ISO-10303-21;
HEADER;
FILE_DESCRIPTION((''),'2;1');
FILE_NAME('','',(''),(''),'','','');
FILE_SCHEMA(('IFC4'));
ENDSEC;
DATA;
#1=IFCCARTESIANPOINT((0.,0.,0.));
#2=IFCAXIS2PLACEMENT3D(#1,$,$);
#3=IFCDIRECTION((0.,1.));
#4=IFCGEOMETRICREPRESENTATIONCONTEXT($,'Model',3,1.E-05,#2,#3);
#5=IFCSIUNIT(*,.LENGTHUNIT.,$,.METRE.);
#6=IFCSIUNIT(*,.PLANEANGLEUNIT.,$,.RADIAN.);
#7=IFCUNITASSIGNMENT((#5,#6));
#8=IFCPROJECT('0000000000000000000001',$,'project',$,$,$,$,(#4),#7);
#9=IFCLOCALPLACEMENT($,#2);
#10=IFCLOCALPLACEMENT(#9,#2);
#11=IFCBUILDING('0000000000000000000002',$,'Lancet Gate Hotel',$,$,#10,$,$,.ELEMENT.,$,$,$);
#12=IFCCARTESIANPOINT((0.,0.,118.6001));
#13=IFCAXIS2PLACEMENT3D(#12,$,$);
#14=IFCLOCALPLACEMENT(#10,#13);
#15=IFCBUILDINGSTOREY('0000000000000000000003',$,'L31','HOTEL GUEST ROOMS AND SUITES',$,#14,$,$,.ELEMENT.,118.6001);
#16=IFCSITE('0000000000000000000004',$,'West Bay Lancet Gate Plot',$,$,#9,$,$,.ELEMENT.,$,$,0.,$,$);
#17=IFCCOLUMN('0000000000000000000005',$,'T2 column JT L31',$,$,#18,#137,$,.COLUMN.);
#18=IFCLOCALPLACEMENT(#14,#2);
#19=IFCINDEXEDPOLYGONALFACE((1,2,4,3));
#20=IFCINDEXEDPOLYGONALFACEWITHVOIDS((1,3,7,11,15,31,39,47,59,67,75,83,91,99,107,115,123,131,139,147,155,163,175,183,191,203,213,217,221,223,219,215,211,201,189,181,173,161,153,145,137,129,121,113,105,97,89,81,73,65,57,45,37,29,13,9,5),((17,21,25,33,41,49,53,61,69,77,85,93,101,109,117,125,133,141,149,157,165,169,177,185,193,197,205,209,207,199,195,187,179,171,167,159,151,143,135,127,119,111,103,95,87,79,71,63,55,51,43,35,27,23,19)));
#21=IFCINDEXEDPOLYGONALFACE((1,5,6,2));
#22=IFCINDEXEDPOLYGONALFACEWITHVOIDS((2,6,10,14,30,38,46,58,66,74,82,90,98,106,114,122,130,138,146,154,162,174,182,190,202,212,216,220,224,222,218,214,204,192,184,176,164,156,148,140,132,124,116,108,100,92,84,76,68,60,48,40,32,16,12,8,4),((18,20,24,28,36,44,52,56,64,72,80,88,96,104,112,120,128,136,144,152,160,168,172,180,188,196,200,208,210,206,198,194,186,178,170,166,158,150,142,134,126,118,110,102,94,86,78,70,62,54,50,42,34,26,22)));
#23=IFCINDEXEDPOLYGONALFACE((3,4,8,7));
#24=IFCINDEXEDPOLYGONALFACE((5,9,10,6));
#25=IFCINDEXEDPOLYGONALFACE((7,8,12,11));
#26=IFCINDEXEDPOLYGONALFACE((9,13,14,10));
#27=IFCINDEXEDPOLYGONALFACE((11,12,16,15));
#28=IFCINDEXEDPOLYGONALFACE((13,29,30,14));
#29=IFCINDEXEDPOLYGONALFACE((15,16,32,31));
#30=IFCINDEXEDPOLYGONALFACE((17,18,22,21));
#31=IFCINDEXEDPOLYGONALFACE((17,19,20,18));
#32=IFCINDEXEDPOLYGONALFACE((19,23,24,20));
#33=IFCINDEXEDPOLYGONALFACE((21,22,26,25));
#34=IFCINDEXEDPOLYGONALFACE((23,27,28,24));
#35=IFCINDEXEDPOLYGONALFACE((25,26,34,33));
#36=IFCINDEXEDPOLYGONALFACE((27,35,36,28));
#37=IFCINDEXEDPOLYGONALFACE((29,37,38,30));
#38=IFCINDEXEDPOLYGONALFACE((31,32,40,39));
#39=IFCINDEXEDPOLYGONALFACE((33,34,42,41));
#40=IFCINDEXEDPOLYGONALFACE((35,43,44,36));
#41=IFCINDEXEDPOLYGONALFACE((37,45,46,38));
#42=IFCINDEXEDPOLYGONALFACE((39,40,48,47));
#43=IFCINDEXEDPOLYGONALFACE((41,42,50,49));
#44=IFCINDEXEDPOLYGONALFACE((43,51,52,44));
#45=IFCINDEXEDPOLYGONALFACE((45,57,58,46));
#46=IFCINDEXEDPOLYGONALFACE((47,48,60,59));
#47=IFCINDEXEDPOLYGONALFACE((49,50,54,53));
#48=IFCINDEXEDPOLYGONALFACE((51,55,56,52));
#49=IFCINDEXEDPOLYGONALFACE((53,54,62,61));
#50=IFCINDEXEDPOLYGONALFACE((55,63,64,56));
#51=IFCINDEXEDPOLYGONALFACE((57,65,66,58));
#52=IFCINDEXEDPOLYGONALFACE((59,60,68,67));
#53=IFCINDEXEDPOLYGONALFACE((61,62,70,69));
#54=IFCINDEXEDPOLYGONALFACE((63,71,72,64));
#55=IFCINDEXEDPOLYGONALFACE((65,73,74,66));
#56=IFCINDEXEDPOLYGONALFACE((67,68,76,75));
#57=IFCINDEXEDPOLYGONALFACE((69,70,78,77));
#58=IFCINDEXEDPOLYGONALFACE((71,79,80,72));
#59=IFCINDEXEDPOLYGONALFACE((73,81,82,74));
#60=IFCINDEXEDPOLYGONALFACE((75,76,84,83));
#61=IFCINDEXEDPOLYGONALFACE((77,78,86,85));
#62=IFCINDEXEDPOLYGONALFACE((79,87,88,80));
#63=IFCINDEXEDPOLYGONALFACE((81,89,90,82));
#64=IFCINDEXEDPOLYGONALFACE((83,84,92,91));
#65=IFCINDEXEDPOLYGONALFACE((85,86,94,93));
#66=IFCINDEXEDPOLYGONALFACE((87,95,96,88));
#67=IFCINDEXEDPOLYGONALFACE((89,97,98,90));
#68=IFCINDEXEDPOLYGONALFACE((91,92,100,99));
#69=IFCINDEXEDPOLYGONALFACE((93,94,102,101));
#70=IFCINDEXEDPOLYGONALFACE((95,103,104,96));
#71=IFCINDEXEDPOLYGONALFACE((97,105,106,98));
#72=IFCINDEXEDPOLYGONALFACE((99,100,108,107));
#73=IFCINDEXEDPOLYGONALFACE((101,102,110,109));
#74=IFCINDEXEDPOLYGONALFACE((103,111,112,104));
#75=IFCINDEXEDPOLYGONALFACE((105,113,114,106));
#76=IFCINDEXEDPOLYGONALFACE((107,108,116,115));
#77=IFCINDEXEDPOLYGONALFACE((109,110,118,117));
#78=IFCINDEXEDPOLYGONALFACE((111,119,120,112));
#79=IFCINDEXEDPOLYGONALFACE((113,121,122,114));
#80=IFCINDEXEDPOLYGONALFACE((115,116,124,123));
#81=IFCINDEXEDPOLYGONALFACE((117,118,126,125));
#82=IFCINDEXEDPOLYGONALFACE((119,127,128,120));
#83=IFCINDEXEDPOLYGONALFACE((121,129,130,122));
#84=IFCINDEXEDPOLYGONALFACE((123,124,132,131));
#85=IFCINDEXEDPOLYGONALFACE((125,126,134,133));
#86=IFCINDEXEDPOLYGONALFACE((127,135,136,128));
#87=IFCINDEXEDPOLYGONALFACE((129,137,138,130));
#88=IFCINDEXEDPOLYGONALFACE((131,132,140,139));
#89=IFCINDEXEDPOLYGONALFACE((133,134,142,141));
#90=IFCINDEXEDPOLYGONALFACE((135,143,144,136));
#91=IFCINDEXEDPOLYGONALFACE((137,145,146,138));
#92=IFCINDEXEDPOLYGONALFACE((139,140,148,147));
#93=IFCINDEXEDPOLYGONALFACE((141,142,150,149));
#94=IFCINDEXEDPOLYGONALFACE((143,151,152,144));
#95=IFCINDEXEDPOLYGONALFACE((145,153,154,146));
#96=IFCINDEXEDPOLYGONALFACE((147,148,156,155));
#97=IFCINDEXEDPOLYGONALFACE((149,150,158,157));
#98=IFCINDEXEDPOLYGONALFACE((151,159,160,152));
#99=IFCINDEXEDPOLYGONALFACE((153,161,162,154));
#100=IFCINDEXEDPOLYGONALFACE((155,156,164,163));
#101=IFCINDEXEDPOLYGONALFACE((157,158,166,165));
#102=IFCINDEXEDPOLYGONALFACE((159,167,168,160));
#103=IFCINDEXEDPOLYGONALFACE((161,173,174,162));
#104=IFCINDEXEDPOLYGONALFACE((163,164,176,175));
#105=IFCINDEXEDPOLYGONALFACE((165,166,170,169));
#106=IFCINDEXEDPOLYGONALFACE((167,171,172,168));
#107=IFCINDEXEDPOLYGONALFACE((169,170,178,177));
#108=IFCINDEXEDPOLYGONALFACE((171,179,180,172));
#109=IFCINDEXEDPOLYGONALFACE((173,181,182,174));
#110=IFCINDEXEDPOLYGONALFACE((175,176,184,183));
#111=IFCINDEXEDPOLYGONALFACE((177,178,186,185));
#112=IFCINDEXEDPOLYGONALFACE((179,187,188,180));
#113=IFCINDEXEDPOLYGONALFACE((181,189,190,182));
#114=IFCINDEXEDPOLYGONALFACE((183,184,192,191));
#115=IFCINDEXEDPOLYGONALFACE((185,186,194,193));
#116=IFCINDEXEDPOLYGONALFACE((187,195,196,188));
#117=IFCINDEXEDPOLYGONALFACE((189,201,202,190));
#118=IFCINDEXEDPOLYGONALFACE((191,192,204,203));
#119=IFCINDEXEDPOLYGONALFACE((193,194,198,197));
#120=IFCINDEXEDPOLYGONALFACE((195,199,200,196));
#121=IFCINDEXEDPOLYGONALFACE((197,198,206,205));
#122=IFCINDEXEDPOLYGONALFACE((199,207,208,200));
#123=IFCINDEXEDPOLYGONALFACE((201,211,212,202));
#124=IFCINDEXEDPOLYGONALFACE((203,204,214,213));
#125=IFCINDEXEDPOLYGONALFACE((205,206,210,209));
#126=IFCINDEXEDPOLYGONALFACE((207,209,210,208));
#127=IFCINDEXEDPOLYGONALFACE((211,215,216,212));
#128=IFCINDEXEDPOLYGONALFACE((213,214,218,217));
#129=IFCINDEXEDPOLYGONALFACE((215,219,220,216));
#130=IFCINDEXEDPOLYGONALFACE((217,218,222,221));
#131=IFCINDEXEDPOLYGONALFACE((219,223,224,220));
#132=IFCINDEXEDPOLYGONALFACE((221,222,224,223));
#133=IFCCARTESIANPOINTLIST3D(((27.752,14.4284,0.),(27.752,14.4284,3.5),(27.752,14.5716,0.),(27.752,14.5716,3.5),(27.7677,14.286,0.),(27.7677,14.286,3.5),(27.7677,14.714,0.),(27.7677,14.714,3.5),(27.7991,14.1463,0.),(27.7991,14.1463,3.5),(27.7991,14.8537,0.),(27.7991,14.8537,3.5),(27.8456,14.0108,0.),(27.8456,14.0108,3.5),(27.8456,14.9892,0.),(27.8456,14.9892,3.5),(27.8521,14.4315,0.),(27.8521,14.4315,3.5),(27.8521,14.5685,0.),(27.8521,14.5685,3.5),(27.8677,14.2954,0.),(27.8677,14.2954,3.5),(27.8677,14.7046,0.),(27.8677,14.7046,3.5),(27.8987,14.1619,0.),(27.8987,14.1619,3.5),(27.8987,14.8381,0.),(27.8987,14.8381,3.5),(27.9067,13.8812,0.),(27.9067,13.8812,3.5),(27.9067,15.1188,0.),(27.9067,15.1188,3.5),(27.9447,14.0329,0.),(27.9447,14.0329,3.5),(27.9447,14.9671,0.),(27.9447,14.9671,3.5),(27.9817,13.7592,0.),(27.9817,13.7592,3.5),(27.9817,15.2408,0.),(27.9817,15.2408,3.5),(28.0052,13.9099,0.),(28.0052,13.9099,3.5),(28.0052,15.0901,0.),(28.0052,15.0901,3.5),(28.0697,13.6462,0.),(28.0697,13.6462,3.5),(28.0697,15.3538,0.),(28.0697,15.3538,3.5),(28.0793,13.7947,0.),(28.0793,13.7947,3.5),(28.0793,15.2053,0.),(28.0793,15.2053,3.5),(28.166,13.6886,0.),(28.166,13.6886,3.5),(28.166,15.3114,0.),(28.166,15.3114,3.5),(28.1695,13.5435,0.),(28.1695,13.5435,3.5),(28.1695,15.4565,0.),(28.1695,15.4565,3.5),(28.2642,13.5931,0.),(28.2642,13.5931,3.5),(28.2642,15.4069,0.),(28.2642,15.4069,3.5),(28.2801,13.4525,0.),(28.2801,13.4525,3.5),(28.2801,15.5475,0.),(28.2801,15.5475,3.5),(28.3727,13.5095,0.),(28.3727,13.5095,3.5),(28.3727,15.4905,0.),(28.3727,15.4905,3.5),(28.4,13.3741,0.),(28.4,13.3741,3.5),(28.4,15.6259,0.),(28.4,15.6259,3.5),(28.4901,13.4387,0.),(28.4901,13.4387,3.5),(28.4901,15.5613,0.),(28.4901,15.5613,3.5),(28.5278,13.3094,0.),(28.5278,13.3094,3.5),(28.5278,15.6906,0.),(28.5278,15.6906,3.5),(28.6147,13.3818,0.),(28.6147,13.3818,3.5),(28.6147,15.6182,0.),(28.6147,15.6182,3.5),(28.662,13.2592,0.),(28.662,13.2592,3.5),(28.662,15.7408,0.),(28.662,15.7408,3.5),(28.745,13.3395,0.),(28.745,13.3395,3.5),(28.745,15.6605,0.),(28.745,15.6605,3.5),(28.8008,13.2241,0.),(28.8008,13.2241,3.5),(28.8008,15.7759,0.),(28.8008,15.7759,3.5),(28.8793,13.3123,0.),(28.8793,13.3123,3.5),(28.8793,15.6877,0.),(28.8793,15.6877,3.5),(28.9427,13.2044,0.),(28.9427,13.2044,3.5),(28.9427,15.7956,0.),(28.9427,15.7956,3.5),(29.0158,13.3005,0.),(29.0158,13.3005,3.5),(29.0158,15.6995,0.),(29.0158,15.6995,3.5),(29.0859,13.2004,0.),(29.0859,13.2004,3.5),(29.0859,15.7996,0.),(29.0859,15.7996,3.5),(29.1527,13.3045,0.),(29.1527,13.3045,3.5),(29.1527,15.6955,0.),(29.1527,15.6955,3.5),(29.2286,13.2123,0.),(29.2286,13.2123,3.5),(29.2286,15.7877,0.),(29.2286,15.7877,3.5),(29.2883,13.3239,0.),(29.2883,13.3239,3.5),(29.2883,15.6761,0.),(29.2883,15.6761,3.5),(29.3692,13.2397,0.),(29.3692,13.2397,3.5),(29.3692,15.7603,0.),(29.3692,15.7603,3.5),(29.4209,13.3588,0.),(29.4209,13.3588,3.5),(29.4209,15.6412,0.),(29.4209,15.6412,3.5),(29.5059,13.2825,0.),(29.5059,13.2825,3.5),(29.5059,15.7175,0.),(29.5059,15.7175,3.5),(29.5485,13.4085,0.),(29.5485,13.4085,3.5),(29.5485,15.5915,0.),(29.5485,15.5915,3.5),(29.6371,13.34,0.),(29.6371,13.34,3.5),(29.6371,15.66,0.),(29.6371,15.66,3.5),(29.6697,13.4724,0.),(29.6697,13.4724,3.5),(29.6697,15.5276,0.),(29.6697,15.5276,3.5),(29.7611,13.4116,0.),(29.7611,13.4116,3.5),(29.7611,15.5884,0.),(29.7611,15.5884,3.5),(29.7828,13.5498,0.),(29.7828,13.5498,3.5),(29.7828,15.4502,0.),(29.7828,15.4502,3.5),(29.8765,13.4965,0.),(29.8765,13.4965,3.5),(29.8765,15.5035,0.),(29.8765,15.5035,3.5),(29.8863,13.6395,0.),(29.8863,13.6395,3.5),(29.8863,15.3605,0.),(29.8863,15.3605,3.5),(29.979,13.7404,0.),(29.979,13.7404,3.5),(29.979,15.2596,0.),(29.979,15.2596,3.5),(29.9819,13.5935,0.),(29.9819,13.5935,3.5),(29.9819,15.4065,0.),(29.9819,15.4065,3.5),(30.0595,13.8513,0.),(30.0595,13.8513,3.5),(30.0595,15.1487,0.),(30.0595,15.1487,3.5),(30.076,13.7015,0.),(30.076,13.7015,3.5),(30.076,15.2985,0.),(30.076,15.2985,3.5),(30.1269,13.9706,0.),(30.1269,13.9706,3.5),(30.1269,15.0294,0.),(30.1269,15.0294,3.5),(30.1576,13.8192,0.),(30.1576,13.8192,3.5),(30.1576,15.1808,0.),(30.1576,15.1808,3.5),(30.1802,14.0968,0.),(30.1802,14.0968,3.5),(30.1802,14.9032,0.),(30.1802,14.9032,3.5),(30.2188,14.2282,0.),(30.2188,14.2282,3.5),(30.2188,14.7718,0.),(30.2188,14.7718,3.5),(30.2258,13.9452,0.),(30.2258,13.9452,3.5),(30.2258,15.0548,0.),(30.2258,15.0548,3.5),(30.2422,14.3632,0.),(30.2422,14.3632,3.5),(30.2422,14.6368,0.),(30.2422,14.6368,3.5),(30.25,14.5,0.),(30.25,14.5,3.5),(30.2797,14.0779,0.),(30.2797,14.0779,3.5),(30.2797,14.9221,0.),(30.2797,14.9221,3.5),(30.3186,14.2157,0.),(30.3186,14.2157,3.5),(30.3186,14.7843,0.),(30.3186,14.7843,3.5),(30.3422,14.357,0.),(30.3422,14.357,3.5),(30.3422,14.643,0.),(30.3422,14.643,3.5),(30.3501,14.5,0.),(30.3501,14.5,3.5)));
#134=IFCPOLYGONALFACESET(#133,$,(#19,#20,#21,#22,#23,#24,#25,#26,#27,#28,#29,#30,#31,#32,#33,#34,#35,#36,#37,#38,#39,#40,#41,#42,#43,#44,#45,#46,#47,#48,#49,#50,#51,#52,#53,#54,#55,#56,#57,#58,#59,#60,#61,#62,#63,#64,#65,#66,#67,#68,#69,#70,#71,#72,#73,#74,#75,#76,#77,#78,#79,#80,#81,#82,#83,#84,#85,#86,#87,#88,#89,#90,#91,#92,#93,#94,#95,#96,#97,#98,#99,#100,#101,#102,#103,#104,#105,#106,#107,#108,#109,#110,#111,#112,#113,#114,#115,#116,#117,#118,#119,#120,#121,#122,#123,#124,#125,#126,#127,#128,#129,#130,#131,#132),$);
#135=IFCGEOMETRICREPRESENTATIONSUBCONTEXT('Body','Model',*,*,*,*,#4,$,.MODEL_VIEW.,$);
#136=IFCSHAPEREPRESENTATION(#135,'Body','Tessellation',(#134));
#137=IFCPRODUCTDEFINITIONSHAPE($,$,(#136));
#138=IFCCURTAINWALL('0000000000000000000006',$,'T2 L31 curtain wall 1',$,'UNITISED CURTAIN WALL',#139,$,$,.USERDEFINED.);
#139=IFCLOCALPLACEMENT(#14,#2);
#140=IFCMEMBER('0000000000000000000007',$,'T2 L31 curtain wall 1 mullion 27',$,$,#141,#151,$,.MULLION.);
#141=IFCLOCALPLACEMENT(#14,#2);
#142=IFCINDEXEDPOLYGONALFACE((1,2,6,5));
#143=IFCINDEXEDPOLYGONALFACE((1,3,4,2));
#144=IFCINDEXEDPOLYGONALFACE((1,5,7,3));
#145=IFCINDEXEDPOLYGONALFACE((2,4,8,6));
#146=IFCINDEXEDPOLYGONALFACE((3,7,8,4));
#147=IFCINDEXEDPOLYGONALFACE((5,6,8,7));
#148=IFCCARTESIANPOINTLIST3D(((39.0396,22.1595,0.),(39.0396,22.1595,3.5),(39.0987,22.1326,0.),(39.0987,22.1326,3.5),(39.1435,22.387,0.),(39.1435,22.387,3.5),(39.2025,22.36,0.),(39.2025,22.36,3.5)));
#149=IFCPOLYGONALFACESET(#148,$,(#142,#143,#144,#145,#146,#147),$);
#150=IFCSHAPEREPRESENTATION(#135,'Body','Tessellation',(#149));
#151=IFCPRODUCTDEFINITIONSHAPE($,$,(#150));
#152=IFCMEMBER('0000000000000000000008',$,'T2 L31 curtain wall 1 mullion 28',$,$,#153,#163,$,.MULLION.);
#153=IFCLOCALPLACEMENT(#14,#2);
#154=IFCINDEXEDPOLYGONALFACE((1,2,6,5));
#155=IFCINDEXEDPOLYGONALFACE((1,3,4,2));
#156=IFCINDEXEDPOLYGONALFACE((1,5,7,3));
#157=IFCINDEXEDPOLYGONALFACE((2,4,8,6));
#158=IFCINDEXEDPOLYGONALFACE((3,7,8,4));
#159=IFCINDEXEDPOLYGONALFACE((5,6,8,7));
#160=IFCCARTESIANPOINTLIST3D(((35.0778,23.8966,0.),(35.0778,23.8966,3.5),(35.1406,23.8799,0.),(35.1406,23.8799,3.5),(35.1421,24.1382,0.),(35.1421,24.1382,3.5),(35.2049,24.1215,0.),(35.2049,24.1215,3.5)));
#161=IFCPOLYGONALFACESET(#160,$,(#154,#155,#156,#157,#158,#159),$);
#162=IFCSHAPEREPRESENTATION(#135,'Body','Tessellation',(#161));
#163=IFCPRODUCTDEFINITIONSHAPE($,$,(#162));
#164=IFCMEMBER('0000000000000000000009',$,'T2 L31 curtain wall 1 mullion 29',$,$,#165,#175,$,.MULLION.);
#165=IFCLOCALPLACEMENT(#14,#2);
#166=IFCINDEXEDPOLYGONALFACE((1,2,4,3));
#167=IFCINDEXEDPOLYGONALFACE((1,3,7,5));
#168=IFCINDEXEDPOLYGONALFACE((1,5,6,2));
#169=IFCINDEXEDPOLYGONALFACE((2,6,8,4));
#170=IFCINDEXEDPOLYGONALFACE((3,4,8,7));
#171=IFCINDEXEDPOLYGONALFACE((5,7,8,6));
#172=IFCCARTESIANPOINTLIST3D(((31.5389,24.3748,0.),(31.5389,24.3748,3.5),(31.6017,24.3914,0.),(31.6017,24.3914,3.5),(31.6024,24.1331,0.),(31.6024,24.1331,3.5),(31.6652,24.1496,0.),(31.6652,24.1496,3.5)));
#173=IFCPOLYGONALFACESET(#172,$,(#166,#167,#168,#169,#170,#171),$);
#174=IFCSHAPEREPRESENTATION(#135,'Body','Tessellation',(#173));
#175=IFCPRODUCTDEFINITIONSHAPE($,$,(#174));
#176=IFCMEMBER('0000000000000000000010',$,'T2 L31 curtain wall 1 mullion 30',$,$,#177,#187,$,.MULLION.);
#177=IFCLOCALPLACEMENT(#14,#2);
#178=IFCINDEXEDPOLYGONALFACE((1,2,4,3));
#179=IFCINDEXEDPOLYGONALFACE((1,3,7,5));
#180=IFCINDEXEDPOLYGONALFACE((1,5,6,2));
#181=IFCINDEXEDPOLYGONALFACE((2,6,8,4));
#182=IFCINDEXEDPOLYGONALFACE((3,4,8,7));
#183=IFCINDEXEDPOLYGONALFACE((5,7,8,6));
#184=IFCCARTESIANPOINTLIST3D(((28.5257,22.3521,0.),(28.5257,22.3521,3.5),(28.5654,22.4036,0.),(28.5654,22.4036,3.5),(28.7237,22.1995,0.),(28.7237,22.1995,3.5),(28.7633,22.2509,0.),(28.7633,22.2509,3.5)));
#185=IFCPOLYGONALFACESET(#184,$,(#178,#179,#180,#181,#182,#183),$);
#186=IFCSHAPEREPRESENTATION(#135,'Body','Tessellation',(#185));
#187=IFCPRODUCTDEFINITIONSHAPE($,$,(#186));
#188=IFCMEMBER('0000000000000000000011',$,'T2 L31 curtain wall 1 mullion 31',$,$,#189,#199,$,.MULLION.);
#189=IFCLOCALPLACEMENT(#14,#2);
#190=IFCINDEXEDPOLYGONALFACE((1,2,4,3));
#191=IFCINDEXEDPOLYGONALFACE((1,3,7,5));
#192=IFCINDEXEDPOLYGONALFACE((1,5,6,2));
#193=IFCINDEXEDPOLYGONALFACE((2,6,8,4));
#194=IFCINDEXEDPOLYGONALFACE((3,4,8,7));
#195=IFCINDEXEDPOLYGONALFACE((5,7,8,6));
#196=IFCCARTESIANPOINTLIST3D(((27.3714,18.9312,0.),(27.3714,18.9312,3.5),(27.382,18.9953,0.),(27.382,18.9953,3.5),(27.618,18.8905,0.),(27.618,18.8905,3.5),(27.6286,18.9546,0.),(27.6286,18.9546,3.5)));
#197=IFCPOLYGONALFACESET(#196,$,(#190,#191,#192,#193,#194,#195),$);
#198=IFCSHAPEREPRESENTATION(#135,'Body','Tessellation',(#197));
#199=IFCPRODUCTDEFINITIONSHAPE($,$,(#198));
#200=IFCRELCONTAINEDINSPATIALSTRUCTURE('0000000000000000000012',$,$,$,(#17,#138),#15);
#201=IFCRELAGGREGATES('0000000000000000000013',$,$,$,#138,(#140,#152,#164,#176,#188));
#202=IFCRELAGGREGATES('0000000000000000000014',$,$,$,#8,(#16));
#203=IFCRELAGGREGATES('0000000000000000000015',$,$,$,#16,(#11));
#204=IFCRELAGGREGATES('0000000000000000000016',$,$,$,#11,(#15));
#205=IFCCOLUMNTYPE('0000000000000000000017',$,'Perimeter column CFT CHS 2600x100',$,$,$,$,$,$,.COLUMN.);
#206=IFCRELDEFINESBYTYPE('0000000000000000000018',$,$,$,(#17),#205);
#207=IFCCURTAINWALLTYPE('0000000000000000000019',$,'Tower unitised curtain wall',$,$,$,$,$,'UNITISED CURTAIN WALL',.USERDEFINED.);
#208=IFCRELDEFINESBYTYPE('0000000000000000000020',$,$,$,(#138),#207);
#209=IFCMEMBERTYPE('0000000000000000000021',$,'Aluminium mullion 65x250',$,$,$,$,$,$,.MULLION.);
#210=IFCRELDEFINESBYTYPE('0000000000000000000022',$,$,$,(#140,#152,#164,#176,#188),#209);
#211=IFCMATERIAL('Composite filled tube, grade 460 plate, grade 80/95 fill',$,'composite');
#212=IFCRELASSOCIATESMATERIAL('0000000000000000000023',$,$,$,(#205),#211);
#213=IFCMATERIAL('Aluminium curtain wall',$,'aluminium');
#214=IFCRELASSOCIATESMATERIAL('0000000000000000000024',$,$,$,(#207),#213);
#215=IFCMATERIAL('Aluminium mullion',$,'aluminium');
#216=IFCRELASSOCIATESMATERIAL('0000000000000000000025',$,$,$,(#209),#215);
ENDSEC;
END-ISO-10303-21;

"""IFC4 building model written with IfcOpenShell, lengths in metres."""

from ifc_helpers import new_model, si_unit, direction, frame, origin, origin_2d, place, context, subcontext, project, spatial, rectangle, hollow_circle, extrude, material, material_profile, profile_set, type_object, element, aggregate, save


model = new_model("IFC4")

# Units and contexts
model_context = context("Model", 3, precision=1e-05, world=origin(), true_north=direction((0.0, 1.0)))
body_context = subcontext(model_context, "Body", "Model", "MODEL_VIEW")
ifc_project = project(units=[si_unit("LENGTHUNIT", "METRE"), si_unit("PLANEANGLEUNIT", "RADIAN")], contexts=[model_context])

# Site, building, storey
site_placement = place(None, origin())
site = spatial("IfcSite", under=ifc_project, at=site_placement, Name="West Bay Lancet Gate Plot", CompositionType="ELEMENT", RefElevation=0.0)
building_placement = place(site_placement, origin())
building = spatial("IfcBuilding", under=site, at=building_placement, Name="Lancet Gate Hotel", CompositionType="ELEMENT")
storey_placement = place(building_placement, frame((0.0, 0.0, 118.6001)))
storey = spatial("IfcBuildingStorey", under=building, at=storey_placement, Name="L31", Description="HOTEL GUEST ROOMS AND SUITES", CompositionType="ELEMENT", Elevation=118.6001)

# Column
ifc_material_1 = material(Name="Composite filled tube, grade 460 plate, grade 80/95 fill", Category="composite")
ifc_material_profile_1 = material_profile(ifc_material_1, hollow_circle(Radius=1.3, WallThickness=0.1001, at=origin_2d()), Name="CHS 2600x100")
ifc_profile_set_1 = profile_set([ifc_material_profile_1], Name="Composite filled tube, grade 460 plate, grade 80/95 fill")
column_type = type_object("IfcColumnType", Name="Perimeter column CFT CHS 2600x100", PredefinedType="COLUMN", material=ifc_profile_set_1)
for number, where, z_axis, x_axis, name in (
    (1, (29.05, 14.5, 0.0), (0.0, 0.0, 1.0), (1.0, 0.0, 0.0), "T2 column JT L31"),
):
    element("IfcColumn", number, at=place(storey_placement, frame(where, z_axis=z_axis, x_axis=x_axis)), inside=storey, type_object=column_type, Name=name, PredefinedType="COLUMN", context=body_context, shape_type="SweptSolid", body=[
        extrude(hollow_circle(Radius=1.3, WallThickness=0.1001, at=origin_2d()), origin(), (0.0, 0.0, 1.0), 3.5),
    ])

# Curtain wall, members
ifc_material_2 = material(Name="Aluminium curtain wall", Category="aluminium")
curtain_wall_type = type_object("IfcCurtainWallType", Name="Tower unitised curtain wall", ElementType="UNITISED CURTAIN WALL", PredefinedType="USERDEFINED", material=ifc_material_2)
curtain_wall_placement = place(storey_placement, origin())
curtain_wall = element("IfcCurtainWall", 2, at=curtain_wall_placement, inside=storey, type_object=curtain_wall_type, Name="T2 L31 curtain wall 1", ObjectType="UNITISED CURTAIN WALL", PredefinedType="USERDEFINED")
ifc_material_3 = material(Name="Aluminium mullion", Category="aluminium")
ifc_material_profile_2 = material_profile(ifc_material_3, rectangle(XDim=0.0649, YDim=0.25, at=origin_2d()), Name="MULLION 65x250")
ifc_profile_set_2 = profile_set([ifc_material_profile_2], Name="Aluminium mullion")
member_type_1 = type_object("IfcMemberType", Name="Aluminium mullion 65x250", PredefinedType="MULLION", material=ifc_profile_set_2)
member_1_placement = place(storey_placement, frame((39.1211, 22.2598, 0.0), z_axis=(0.0, 0.0, 1.0), x_axis=(-0.909673, 0.415326, 0.0)))
member_1 = element("IfcMember", 3, at=member_1_placement, type_object=member_type_1, Name="T2 L31 curtain wall 1 mullion 27", PredefinedType="MULLION", context=body_context, shape_type="SweptSolid", body=[
    extrude(rectangle(XDim=0.0649, YDim=0.25, at=origin_2d()), origin(), (0.0, 0.0, 1.0), 3.5),
])
member_2_placement = place(storey_placement, frame((35.1414, 24.009, 0.0), z_axis=(0.0, 0.0, 1.0), x_axis=(-0.966317, 0.257353, 0.0)))
member_2 = element("IfcMember", 4, at=member_2_placement, type_object=member_type_1, Name="T2 L31 curtain wall 1 mullion 28", PredefinedType="MULLION", context=body_context, shape_type="SweptSolid", body=[
    extrude(rectangle(XDim=0.0649, YDim=0.25, at=origin_2d()), origin(), (0.0, 0.0, 1.0), 3.5),
])
member_3_placement = place(storey_placement, frame((31.6021, 24.2622, 0.0), z_axis=(0.0, 0.0, 1.0), x_axis=(-0.967157, -0.254179, 0.0)))
member_3 = element("IfcMember", 5, at=member_3_placement, type_object=member_type_1, Name="T2 L31 curtain wall 1 mullion 29", PredefinedType="MULLION", context=body_context, shape_type="SweptSolid", body=[
    extrude(rectangle(XDim=0.0649, YDim=0.25, at=origin_2d()), origin(), (0.0, 0.0, 1.0), 3.5),
])
member_4_placement = place(storey_placement, frame((28.6445, 22.3015, 0.0), z_axis=(0.0, 0.0, 1.0), x_axis=(-0.610664, -0.79189, 0.0)))
member_4 = element("IfcMember", 6, at=member_4_placement, type_object=member_type_1, Name="T2 L31 curtain wall 1 mullion 30", PredefinedType="MULLION", context=body_context, shape_type="SweptSolid", body=[
    extrude(rectangle(XDim=0.0649, YDim=0.25, at=origin_2d()), origin(), (0.0, 0.0, 1.0), 3.5),
])
member_5_placement = place(storey_placement, frame((27.5, 18.9429, 0.0), z_axis=(0.0, 0.0, 1.0), x_axis=(-0.162739, -0.986669, 0.0)))
member_5 = element("IfcMember", 7, at=member_5_placement, type_object=member_type_1, Name="T2 L31 curtain wall 1 mullion 31", PredefinedType="MULLION", context=body_context, shape_type="SweptSolid", body=[
    extrude(rectangle(XDim=0.0649, YDim=0.25, at=origin_2d()), origin(), (0.0, 0.0, 1.0), 3.5),
])

aggregate(curtain_wall, [member_1, member_2, member_3, member_4, member_5])

save(model, "model.ifc")
